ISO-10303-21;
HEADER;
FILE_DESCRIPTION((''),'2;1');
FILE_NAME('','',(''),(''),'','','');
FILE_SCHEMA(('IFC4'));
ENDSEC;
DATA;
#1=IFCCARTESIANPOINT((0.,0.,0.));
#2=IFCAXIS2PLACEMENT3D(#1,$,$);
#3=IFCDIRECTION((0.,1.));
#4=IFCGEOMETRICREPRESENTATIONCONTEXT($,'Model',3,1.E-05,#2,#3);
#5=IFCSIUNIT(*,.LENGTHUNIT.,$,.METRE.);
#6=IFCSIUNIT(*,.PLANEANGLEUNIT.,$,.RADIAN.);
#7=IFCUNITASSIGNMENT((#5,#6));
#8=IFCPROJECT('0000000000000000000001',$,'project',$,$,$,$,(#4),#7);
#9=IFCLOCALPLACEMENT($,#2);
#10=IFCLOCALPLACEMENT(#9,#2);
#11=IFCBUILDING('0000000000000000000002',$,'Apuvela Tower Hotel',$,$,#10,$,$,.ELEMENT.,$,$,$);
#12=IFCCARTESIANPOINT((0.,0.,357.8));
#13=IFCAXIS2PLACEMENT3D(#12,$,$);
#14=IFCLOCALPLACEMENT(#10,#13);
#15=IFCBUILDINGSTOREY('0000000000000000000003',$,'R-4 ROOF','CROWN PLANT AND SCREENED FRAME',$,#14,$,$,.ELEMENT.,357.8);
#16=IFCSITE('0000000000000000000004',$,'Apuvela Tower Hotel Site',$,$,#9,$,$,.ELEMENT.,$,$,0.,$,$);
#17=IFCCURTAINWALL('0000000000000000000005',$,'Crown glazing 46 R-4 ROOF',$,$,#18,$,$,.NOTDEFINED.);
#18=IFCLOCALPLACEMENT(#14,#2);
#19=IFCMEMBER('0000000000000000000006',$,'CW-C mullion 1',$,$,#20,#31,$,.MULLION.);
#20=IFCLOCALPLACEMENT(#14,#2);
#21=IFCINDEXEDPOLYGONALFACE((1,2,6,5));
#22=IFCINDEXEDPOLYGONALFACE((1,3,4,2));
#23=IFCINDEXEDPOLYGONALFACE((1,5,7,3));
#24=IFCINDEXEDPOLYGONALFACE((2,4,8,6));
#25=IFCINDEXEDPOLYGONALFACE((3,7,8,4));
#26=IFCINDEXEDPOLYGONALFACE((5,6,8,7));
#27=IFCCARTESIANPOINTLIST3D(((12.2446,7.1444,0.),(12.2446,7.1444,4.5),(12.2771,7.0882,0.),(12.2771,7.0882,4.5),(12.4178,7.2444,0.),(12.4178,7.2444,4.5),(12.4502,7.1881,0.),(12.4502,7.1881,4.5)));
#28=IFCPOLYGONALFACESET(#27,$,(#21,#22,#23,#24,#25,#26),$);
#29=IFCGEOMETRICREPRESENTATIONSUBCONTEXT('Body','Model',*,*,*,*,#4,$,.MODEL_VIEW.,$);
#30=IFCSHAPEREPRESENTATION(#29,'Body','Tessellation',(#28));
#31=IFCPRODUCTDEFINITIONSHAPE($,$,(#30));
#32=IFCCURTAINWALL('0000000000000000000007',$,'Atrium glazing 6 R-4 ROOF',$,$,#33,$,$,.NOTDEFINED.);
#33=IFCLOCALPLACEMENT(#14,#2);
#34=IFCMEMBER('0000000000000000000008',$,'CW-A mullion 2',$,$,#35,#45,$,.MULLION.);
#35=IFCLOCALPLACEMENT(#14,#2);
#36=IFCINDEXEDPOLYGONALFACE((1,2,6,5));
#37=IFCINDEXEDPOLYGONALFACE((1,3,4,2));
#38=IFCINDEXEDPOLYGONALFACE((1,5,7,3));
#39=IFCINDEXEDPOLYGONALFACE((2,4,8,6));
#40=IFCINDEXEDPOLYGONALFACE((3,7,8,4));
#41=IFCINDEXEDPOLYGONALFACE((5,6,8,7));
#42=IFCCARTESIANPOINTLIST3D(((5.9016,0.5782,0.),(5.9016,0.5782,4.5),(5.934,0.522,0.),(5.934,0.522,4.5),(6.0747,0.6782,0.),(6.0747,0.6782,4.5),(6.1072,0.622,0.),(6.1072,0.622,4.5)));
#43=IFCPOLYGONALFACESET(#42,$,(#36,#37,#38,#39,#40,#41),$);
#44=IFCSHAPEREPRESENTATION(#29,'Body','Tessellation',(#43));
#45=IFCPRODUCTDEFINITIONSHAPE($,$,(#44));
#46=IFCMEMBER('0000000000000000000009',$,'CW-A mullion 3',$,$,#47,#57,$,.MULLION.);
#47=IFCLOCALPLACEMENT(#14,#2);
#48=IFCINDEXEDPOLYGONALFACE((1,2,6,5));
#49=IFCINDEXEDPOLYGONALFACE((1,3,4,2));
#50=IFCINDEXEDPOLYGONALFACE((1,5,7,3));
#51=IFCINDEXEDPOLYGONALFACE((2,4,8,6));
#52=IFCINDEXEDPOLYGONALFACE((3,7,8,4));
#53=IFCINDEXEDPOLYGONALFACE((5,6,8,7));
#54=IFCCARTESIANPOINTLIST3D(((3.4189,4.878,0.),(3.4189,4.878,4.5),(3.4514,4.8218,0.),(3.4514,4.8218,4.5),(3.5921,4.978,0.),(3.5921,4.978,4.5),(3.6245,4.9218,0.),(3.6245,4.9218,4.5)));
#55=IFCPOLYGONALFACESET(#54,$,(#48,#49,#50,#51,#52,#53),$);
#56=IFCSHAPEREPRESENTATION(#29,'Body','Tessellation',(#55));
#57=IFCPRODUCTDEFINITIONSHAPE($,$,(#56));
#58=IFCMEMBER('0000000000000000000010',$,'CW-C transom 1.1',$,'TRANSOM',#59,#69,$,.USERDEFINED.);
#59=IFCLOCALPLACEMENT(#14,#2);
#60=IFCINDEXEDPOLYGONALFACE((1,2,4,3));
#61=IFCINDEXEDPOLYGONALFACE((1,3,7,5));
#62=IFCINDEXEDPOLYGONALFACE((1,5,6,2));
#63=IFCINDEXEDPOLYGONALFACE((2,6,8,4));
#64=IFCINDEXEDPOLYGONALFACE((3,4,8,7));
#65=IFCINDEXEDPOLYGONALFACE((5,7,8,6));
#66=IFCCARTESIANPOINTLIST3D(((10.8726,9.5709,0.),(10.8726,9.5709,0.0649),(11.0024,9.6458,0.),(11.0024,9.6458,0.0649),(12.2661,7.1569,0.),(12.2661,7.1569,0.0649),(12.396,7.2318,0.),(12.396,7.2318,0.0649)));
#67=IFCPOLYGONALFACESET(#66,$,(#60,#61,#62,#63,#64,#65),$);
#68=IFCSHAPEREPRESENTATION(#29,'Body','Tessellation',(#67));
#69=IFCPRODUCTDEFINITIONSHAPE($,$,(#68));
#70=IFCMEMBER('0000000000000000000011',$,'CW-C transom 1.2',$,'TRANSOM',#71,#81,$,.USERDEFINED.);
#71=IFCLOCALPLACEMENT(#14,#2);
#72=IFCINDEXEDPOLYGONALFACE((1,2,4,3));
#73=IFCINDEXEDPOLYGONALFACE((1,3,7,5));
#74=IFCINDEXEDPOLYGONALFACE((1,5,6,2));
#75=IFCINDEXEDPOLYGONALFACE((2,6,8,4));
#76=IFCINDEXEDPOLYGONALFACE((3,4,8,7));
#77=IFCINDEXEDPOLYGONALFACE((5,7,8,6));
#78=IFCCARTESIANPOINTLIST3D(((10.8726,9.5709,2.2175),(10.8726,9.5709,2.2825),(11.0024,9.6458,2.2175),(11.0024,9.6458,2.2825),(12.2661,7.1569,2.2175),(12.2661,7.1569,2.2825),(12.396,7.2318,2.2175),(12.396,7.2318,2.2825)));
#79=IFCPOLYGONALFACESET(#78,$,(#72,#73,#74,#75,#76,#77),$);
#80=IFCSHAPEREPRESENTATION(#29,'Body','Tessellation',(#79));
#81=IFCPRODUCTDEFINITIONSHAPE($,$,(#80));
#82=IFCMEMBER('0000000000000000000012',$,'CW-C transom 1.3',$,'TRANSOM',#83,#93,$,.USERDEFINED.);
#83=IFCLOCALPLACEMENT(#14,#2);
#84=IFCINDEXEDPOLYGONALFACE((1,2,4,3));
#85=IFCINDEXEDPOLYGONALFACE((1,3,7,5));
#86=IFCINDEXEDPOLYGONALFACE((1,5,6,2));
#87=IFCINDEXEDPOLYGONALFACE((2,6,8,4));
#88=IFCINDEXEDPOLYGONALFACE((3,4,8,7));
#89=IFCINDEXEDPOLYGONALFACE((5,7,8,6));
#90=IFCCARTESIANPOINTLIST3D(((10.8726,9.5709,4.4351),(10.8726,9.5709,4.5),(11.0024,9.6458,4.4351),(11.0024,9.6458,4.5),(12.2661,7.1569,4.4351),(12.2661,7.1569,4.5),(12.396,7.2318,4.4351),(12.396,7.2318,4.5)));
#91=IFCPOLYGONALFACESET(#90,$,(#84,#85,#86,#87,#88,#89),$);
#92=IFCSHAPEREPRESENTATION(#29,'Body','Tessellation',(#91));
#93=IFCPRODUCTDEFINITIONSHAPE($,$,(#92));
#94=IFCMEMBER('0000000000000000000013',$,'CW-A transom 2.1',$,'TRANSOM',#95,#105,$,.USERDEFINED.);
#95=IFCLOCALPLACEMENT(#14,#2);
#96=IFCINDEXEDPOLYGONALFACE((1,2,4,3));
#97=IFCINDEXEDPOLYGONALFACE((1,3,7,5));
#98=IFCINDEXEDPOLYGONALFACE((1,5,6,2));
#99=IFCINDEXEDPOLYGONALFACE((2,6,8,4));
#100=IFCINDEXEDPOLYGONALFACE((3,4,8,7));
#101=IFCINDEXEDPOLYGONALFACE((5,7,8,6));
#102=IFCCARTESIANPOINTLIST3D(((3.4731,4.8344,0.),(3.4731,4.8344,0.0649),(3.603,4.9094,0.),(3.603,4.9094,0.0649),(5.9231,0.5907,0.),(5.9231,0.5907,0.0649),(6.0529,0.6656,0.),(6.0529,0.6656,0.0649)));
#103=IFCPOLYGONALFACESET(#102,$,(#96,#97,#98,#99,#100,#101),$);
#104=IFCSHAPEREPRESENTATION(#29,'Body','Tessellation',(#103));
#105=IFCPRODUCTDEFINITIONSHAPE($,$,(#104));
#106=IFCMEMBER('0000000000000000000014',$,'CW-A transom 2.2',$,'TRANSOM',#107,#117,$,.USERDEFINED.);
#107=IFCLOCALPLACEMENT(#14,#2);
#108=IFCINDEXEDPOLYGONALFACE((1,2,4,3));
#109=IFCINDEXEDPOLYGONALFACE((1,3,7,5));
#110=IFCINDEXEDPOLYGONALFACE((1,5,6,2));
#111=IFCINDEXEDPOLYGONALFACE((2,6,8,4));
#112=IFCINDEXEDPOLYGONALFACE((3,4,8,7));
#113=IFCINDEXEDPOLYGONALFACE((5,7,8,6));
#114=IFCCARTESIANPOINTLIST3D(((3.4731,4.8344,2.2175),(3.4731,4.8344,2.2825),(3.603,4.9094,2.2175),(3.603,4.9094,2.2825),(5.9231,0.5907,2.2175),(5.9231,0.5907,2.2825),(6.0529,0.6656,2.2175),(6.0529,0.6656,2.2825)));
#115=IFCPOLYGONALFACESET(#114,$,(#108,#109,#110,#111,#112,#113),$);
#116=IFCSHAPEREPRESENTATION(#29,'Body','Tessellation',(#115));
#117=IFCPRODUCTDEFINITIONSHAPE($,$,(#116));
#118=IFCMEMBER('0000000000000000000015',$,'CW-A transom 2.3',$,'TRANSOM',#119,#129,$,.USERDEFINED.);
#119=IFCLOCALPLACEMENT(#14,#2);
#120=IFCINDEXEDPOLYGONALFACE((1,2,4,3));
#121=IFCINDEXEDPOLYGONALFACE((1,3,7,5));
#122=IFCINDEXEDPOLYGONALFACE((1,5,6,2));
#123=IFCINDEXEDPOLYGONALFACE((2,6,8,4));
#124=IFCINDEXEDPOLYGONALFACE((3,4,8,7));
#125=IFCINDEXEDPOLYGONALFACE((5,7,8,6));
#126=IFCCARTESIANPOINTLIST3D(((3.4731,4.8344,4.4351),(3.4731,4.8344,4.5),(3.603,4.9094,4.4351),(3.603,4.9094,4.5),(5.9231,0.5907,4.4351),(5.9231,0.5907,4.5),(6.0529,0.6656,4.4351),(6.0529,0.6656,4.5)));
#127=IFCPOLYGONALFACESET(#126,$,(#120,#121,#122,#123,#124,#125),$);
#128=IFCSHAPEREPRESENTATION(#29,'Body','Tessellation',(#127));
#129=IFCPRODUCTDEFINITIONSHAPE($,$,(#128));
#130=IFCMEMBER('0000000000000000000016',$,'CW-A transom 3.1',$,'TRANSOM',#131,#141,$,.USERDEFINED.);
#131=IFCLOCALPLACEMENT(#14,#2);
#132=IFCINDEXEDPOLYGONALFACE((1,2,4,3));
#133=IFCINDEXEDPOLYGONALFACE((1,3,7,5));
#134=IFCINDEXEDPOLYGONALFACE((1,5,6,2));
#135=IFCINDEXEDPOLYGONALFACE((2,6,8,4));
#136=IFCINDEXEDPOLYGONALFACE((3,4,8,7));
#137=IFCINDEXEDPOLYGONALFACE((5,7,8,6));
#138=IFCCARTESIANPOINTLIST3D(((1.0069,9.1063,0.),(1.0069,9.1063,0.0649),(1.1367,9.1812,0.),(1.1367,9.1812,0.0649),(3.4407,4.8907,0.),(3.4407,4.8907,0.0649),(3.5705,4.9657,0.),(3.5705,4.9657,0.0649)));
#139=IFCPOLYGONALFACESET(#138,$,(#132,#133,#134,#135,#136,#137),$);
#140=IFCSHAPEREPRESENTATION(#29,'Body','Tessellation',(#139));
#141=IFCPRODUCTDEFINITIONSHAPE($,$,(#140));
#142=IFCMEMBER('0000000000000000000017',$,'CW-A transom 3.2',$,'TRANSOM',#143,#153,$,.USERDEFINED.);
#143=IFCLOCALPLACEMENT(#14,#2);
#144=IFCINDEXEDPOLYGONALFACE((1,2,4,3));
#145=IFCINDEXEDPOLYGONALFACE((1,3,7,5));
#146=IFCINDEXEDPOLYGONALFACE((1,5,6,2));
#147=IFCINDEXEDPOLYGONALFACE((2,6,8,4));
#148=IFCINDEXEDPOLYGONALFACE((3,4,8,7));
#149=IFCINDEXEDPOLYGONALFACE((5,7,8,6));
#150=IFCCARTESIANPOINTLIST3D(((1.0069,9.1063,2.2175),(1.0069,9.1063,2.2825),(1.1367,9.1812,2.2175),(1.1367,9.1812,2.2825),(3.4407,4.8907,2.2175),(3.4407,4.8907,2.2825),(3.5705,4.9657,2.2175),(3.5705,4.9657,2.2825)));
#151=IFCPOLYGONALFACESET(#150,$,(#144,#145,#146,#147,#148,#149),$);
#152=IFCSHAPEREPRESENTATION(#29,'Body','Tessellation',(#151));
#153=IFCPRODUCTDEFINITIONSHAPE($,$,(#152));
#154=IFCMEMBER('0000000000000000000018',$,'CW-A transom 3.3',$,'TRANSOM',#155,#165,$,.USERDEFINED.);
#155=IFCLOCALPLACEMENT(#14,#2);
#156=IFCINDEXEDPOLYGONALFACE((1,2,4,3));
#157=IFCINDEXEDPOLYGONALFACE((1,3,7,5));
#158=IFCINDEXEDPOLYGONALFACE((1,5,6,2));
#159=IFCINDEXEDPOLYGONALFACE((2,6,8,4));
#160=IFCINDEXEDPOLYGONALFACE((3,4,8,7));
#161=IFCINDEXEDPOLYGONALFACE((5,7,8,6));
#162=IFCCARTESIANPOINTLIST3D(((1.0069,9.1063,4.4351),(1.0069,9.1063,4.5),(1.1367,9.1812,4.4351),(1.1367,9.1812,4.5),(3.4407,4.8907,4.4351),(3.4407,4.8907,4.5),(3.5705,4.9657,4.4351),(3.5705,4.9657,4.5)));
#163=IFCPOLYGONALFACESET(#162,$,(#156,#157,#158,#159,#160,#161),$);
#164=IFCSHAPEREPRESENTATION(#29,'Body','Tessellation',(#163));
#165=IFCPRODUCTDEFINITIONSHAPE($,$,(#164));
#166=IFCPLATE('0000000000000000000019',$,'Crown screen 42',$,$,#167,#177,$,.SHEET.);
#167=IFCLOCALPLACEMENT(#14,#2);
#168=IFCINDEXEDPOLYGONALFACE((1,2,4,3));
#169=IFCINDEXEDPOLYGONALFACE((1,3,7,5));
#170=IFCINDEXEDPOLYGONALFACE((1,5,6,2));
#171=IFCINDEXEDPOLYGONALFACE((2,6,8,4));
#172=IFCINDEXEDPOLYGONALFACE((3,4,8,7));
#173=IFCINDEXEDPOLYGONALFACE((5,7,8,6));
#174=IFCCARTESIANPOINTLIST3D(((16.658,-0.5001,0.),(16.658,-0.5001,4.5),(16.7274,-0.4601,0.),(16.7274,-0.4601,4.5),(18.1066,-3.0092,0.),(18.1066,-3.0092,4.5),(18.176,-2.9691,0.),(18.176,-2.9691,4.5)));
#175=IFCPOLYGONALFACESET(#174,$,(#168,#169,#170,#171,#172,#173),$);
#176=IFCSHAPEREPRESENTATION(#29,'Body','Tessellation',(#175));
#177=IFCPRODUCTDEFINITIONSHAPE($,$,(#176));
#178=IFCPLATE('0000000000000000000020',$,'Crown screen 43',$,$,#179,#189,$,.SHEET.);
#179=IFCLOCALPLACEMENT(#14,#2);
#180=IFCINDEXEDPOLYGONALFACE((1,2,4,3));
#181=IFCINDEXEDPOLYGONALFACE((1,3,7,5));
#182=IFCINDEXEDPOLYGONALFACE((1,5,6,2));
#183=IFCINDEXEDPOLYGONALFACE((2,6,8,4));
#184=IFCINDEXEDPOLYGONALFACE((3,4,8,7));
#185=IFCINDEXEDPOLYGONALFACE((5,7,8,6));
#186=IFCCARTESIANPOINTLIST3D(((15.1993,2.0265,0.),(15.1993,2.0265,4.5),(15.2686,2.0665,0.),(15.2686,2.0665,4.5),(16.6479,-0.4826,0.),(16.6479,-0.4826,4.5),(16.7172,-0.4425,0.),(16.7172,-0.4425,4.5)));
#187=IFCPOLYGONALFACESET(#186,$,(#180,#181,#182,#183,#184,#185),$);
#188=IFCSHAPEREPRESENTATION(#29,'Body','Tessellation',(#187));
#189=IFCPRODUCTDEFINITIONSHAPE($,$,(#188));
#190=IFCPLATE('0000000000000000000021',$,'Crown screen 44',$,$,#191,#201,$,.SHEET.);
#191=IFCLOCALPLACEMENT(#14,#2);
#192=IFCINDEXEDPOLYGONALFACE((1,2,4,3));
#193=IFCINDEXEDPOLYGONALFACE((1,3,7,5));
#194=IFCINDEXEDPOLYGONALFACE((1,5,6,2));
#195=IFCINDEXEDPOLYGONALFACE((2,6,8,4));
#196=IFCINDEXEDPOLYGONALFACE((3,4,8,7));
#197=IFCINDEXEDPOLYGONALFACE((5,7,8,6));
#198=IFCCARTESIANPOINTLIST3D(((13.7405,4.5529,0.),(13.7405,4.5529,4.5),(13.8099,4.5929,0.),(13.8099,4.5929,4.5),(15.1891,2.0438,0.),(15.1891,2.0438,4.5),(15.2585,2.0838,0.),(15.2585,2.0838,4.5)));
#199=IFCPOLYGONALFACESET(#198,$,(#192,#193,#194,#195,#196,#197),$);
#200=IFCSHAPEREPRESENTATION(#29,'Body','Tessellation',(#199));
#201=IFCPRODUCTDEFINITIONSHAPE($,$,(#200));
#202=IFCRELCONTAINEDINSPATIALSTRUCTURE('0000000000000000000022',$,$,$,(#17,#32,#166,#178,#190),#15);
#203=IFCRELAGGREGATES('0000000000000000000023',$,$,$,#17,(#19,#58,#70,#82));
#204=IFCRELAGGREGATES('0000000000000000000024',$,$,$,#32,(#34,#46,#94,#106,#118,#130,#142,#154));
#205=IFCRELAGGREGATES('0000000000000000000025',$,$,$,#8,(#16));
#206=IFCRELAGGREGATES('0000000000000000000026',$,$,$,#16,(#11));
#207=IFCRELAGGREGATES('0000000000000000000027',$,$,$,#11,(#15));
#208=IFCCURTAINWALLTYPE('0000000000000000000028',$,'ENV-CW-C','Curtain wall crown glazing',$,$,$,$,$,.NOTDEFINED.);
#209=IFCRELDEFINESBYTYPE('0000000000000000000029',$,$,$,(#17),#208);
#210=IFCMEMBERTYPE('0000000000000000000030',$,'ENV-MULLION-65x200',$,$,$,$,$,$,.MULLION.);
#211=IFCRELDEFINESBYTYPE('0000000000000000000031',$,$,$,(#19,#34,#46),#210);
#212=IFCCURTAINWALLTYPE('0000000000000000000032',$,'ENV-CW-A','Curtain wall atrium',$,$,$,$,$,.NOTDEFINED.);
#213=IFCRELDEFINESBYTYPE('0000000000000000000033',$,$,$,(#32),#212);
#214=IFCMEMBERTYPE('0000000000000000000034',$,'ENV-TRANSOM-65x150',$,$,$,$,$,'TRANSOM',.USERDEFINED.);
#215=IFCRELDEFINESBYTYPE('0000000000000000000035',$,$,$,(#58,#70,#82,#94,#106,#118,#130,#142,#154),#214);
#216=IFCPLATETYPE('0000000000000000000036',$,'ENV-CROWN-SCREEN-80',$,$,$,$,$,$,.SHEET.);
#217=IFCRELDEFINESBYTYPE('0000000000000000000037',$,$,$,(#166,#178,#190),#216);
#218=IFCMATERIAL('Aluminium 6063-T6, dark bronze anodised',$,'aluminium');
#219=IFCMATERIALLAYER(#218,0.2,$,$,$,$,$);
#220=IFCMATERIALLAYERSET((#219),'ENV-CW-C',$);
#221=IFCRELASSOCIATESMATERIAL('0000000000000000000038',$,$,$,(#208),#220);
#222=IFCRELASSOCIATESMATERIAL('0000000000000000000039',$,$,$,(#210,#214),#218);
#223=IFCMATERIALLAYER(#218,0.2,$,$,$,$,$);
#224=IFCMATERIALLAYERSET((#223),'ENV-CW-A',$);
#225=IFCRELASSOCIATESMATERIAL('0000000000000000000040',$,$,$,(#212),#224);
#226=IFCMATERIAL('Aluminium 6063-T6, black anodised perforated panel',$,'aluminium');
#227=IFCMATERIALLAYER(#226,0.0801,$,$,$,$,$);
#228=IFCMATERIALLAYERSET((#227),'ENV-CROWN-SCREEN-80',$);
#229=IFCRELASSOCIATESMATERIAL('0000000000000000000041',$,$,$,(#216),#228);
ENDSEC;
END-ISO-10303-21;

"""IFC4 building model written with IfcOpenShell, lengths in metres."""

from ifc_helpers import new_model, si_unit, direction, frame, origin, origin_2d, place, context, subcontext, project, spatial, rectangle, extrude, material, layer, layer_set, material_profile, profile_set, type_object, element, aggregate, save


model = new_model("IFC4")

# Units and contexts
model_context = context("Model", 3, precision=1e-05, world=origin(), true_north=direction((0.0, 1.0)))
body_context = subcontext(model_context, "Body", "Model", "MODEL_VIEW")
ifc_project = project(units=[si_unit("LENGTHUNIT", "METRE"), si_unit("PLANEANGLEUNIT", "RADIAN")], contexts=[model_context])

# Site, building, storey
site_placement = place(None, origin())
site = spatial("IfcSite", under=ifc_project, at=site_placement, Name="Apuvela Tower Hotel Site", CompositionType="ELEMENT", RefElevation=0.0)
building_placement = place(site_placement, origin())
building = spatial("IfcBuilding", under=site, at=building_placement, Name="Apuvela Tower Hotel", CompositionType="ELEMENT")
storey_placement = place(building_placement, frame((0.0, 0.0, 357.8)))
storey = spatial("IfcBuildingStorey", under=building, at=storey_placement, Name="R-4 ROOF", Description="CROWN PLANT AND SCREENED FRAME", CompositionType="ELEMENT", Elevation=357.8)

# Curtain wall, member
ifc_material_1 = material(Name="Aluminium 6063-T6, dark bronze anodised", Category="aluminium")
ifc_layer_1 = layer(ifc_material_1, 0.2)
ifc_layer_set_1 = layer_set([ifc_layer_1], Name="ENV-CW-C")
curtain_wall_type_1 = type_object("IfcCurtainWallType", Name="ENV-CW-C", Description="Curtain wall crown glazing", PredefinedType="NOTDEFINED", material=ifc_layer_set_1)
curtain_wall_1_placement = place(storey_placement, origin())
curtain_wall_1 = element("IfcCurtainWall", 1, at=curtain_wall_1_placement, inside=storey, type_object=curtain_wall_type_1, Name="Crown glazing 46 R-4 ROOF", PredefinedType="NOTDEFINED")
ifc_material_profile_1 = material_profile(ifc_material_1, rectangle(XDim=0.2, YDim=0.0649, at=origin_2d()), Name="AL 65x200")
ifc_profile_set_1 = profile_set([ifc_material_profile_1], Name="Aluminium 6063-T6, dark bronze anodised")
member_type_1 = type_object("IfcMemberType", Name="ENV-MULLION-65x200", PredefinedType="MULLION", material=ifc_profile_set_1)
member_1_placement = place(storey_placement, frame((12.3474, 7.1663, 0.0), z_axis=(0.0, 0.0, 1.0), x_axis=(-0.866022, -0.500006, 0.0)))
member_1 = element("IfcMember", 2, at=member_1_placement, type_object=member_type_1, Name="CW-C mullion 1", PredefinedType="MULLION", context=body_context, shape_type="SweptSolid", body=[
    extrude(rectangle(XDim=0.2, YDim=0.0649, at=origin_2d()), origin(), (0.0, 0.0, 1.0), 4.5),
])

# Curtain wall, members
ifc_layer_2 = layer(ifc_material_1, 0.2)
ifc_layer_set_2 = layer_set([ifc_layer_2], Name="ENV-CW-A")
curtain_wall_type_2 = type_object("IfcCurtainWallType", Name="ENV-CW-A", Description="Curtain wall atrium", PredefinedType="NOTDEFINED", material=ifc_layer_set_2)
curtain_wall_2_placement = place(storey_placement, origin())
curtain_wall_2 = element("IfcCurtainWall", 3, at=curtain_wall_2_placement, inside=storey, type_object=curtain_wall_type_2, Name="Atrium glazing 6 R-4 ROOF", PredefinedType="NOTDEFINED")
member_2_placement = place(storey_placement, frame((6.0044, 0.6001, 0.0), z_axis=(0.0, 0.0, 1.0), x_axis=(-0.866026, -0.499999, 0.0)))
member_2 = element("IfcMember", 4, at=member_2_placement, type_object=member_type_1, Name="CW-A mullion 2", PredefinedType="MULLION", context=body_context, shape_type="SweptSolid", body=[
    extrude(rectangle(XDim=0.2, YDim=0.0649, at=origin_2d()), origin(), (0.0, 0.0, 1.0), 4.5),
])
member_3_placement = place(storey_placement, frame((3.5217, 4.8999, 0.0), z_axis=(0.0, 0.0, 1.0), x_axis=(-0.866026, -0.499999, 0.0)))
member_3 = element("IfcMember", 5, at=member_3_placement, type_object=member_type_1, Name="CW-A mullion 3", PredefinedType="MULLION", context=body_context, shape_type="SweptSolid", body=[
    extrude(rectangle(XDim=0.2, YDim=0.0649, at=origin_2d()), origin(), (0.0, 0.0, 1.0), 4.5),
])

# Members
ifc_material_profile_2 = material_profile(ifc_material_1, rectangle(XDim=0.1499, YDim=0.0649, at=origin_2d()), Name="AL 65x150 transom")
ifc_profile_set_2 = profile_set([ifc_material_profile_2], Name="Aluminium 6063-T6, dark bronze anodised")
member_type_2 = type_object("IfcMemberType", Name="ENV-TRANSOM-65x150", ElementType="TRANSOM", PredefinedType="USERDEFINED", material=ifc_profile_set_2)
member_4_placement = place(storey_placement, frame((12.3311, 7.1943, 0.0325), z_axis=(-0.499945, 0.866057, 0.0), x_axis=(-0.866057, -0.499945, 0.0)))
member_4 = element("IfcMember", 6, at=member_4_placement, type_object=member_type_2, Name="CW-C transom 1.1", ObjectType="TRANSOM", PredefinedType="USERDEFINED", context=body_context, shape_type="SweptSolid", body=[
    extrude(rectangle(XDim=0.1499, YDim=0.0649, at=origin_2d()), origin(), (0.0, 0.0, 1.0), 2.7874),
])
member_5_placement = place(storey_placement, frame((12.3311, 7.1943, 2.25), z_axis=(-0.499945, 0.866057, 0.0), x_axis=(-0.866057, -0.499945, 0.0)))
member_5 = element("IfcMember", 7, at=member_5_placement, type_object=member_type_2, Name="CW-C transom 1.2", ObjectType="TRANSOM", PredefinedType="USERDEFINED", context=body_context, shape_type="SweptSolid", body=[
    extrude(rectangle(XDim=0.1499, YDim=0.0649, at=origin_2d()), origin(), (0.0, 0.0, 1.0), 2.7874),
])
member_6_placement = place(storey_placement, frame((12.3311, 7.1943, 4.4675), z_axis=(-0.499945, 0.866057, 0.0), x_axis=(-0.866057, -0.499945, 0.0)))
member_6 = element("IfcMember", 8, at=member_6_placement, type_object=member_type_2, Name="CW-C transom 1.3", ObjectType="TRANSOM", PredefinedType="USERDEFINED", context=body_context, shape_type="SweptSolid", body=[
    extrude(rectangle(XDim=0.1499, YDim=0.0649, at=origin_2d()), origin(), (0.0, 0.0, 1.0), 2.7874),
])
aggregate(curtain_wall_1, [member_1, member_4, member_5, member_6])
member_7_placement = place(storey_placement, frame((5.988, 0.6282, 0.0325), z_axis=(-0.499981, 0.866036, 0.0), x_axis=(-0.866036, -0.499981, 0.0)))
member_7 = element("IfcMember", 9, at=member_7_placement, type_object=member_type_2, Name="CW-A transom 2.1", ObjectType="TRANSOM", PredefinedType="USERDEFINED", context=body_context, shape_type="SweptSolid", body=[
    extrude(rectangle(XDim=0.1499, YDim=0.0649, at=origin_2d()), origin(), (0.0, 0.0, 1.0), 4.9001),
])
member_8_placement = place(storey_placement, frame((5.988, 0.6282, 2.25), z_axis=(-0.499981, 0.866036, 0.0), x_axis=(-0.866036, -0.499981, 0.0)))
member_8 = element("IfcMember", 10, at=member_8_placement, type_object=member_type_2, Name="CW-A transom 2.2", ObjectType="TRANSOM", PredefinedType="USERDEFINED", context=body_context, shape_type="SweptSolid", body=[
    extrude(rectangle(XDim=0.1499, YDim=0.0649, at=origin_2d()), origin(), (0.0, 0.0, 1.0), 4.9001),
])
member_9_placement = place(storey_placement, frame((5.988, 0.6282, 4.4675), z_axis=(-0.499981, 0.866036, 0.0), x_axis=(-0.866036, -0.499981, 0.0)))
member_9 = element("IfcMember", 11, at=member_9_placement, type_object=member_type_2, Name="CW-A transom 2.3", ObjectType="TRANSOM", PredefinedType="USERDEFINED", context=body_context, shape_type="SweptSolid", body=[
    extrude(rectangle(XDim=0.1499, YDim=0.0649, at=origin_2d()), origin(), (0.0, 0.0, 1.0), 4.9001),
])
member_10_placement = place(storey_placement, frame((3.5056, 4.9282, 0.0325), z_axis=(-0.499996, 0.866028, 0.0), x_axis=(-0.866028, -0.499996, 0.0)))
member_10 = element("IfcMember", 12, at=member_10_placement, type_object=member_type_2, Name="CW-A transom 3.1", ObjectType="TRANSOM", PredefinedType="USERDEFINED", context=body_context, shape_type="SweptSolid", body=[
    extrude(rectangle(XDim=0.1499, YDim=0.0649, at=origin_2d()), origin(), (0.0, 0.0, 1.0), 4.8677),
])
member_11_placement = place(storey_placement, frame((3.5056, 4.9282, 2.25), z_axis=(-0.499996, 0.866028, 0.0), x_axis=(-0.866028, -0.499996, 0.0)))
member_11 = element("IfcMember", 13, at=member_11_placement, type_object=member_type_2, Name="CW-A transom 3.2", ObjectType="TRANSOM", PredefinedType="USERDEFINED", context=body_context, shape_type="SweptSolid", body=[
    extrude(rectangle(XDim=0.1499, YDim=0.0649, at=origin_2d()), origin(), (0.0, 0.0, 1.0), 4.8677),
])
member_12_placement = place(storey_placement, frame((3.5056, 4.9282, 4.4675), z_axis=(-0.499996, 0.866028, 0.0), x_axis=(-0.866028, -0.499996, 0.0)))
member_12 = element("IfcMember", 14, at=member_12_placement, type_object=member_type_2, Name="CW-A transom 3.3", ObjectType="TRANSOM", PredefinedType="USERDEFINED", context=body_context, shape_type="SweptSolid", body=[
    extrude(rectangle(XDim=0.1499, YDim=0.0649, at=origin_2d()), origin(), (0.0, 0.0, 1.0), 4.8677),
])

# Plates
ifc_material_2 = material(Name="Aluminium 6063-T6, black anodised perforated panel", Category="aluminium")
ifc_layer_3 = layer(ifc_material_2, 0.0801)
ifc_layer_set_3 = layer_set([ifc_layer_3], Name="ENV-CROWN-SCREEN-80")
plate_type_1 = type_object("IfcPlateType", Name="ENV-CROWN-SCREEN-80", PredefinedType="SHEET", material=ifc_layer_set_3)
for number, where, z_axis, x_axis, name in (
    (15, (17.417, -1.7346, 0.0), (0.0, 0.0, 1.0), (-0.5, 0.866025, 0.0), "Crown screen 42"),
    (16, (15.9583, 0.792, 0.0), (0.0, 0.0, 1.0), (-0.5, 0.866025, 0.0), "Crown screen 43"),
    (17, (14.4995, 3.3184, 0.0), (0.0, 0.0, 1.0), (-0.5, 0.866025, 0.0), "Crown screen 44"),
):
    element("IfcPlate", number, at=place(storey_placement, frame(where, z_axis=z_axis, x_axis=x_axis)), inside=storey, type_object=plate_type_1, Name=name, PredefinedType="SHEET", context=body_context, shape_type="SweptSolid", body=[
        extrude(rectangle(XDim=2.8972, YDim=0.0801, at=origin_2d()), origin(), (0.0, 0.0, 1.0), 4.5),
    ])

aggregate(curtain_wall_2, [member_2, member_3, member_7, member_8, member_9, member_10, member_11, member_12])

save(model, "model.ifc")
